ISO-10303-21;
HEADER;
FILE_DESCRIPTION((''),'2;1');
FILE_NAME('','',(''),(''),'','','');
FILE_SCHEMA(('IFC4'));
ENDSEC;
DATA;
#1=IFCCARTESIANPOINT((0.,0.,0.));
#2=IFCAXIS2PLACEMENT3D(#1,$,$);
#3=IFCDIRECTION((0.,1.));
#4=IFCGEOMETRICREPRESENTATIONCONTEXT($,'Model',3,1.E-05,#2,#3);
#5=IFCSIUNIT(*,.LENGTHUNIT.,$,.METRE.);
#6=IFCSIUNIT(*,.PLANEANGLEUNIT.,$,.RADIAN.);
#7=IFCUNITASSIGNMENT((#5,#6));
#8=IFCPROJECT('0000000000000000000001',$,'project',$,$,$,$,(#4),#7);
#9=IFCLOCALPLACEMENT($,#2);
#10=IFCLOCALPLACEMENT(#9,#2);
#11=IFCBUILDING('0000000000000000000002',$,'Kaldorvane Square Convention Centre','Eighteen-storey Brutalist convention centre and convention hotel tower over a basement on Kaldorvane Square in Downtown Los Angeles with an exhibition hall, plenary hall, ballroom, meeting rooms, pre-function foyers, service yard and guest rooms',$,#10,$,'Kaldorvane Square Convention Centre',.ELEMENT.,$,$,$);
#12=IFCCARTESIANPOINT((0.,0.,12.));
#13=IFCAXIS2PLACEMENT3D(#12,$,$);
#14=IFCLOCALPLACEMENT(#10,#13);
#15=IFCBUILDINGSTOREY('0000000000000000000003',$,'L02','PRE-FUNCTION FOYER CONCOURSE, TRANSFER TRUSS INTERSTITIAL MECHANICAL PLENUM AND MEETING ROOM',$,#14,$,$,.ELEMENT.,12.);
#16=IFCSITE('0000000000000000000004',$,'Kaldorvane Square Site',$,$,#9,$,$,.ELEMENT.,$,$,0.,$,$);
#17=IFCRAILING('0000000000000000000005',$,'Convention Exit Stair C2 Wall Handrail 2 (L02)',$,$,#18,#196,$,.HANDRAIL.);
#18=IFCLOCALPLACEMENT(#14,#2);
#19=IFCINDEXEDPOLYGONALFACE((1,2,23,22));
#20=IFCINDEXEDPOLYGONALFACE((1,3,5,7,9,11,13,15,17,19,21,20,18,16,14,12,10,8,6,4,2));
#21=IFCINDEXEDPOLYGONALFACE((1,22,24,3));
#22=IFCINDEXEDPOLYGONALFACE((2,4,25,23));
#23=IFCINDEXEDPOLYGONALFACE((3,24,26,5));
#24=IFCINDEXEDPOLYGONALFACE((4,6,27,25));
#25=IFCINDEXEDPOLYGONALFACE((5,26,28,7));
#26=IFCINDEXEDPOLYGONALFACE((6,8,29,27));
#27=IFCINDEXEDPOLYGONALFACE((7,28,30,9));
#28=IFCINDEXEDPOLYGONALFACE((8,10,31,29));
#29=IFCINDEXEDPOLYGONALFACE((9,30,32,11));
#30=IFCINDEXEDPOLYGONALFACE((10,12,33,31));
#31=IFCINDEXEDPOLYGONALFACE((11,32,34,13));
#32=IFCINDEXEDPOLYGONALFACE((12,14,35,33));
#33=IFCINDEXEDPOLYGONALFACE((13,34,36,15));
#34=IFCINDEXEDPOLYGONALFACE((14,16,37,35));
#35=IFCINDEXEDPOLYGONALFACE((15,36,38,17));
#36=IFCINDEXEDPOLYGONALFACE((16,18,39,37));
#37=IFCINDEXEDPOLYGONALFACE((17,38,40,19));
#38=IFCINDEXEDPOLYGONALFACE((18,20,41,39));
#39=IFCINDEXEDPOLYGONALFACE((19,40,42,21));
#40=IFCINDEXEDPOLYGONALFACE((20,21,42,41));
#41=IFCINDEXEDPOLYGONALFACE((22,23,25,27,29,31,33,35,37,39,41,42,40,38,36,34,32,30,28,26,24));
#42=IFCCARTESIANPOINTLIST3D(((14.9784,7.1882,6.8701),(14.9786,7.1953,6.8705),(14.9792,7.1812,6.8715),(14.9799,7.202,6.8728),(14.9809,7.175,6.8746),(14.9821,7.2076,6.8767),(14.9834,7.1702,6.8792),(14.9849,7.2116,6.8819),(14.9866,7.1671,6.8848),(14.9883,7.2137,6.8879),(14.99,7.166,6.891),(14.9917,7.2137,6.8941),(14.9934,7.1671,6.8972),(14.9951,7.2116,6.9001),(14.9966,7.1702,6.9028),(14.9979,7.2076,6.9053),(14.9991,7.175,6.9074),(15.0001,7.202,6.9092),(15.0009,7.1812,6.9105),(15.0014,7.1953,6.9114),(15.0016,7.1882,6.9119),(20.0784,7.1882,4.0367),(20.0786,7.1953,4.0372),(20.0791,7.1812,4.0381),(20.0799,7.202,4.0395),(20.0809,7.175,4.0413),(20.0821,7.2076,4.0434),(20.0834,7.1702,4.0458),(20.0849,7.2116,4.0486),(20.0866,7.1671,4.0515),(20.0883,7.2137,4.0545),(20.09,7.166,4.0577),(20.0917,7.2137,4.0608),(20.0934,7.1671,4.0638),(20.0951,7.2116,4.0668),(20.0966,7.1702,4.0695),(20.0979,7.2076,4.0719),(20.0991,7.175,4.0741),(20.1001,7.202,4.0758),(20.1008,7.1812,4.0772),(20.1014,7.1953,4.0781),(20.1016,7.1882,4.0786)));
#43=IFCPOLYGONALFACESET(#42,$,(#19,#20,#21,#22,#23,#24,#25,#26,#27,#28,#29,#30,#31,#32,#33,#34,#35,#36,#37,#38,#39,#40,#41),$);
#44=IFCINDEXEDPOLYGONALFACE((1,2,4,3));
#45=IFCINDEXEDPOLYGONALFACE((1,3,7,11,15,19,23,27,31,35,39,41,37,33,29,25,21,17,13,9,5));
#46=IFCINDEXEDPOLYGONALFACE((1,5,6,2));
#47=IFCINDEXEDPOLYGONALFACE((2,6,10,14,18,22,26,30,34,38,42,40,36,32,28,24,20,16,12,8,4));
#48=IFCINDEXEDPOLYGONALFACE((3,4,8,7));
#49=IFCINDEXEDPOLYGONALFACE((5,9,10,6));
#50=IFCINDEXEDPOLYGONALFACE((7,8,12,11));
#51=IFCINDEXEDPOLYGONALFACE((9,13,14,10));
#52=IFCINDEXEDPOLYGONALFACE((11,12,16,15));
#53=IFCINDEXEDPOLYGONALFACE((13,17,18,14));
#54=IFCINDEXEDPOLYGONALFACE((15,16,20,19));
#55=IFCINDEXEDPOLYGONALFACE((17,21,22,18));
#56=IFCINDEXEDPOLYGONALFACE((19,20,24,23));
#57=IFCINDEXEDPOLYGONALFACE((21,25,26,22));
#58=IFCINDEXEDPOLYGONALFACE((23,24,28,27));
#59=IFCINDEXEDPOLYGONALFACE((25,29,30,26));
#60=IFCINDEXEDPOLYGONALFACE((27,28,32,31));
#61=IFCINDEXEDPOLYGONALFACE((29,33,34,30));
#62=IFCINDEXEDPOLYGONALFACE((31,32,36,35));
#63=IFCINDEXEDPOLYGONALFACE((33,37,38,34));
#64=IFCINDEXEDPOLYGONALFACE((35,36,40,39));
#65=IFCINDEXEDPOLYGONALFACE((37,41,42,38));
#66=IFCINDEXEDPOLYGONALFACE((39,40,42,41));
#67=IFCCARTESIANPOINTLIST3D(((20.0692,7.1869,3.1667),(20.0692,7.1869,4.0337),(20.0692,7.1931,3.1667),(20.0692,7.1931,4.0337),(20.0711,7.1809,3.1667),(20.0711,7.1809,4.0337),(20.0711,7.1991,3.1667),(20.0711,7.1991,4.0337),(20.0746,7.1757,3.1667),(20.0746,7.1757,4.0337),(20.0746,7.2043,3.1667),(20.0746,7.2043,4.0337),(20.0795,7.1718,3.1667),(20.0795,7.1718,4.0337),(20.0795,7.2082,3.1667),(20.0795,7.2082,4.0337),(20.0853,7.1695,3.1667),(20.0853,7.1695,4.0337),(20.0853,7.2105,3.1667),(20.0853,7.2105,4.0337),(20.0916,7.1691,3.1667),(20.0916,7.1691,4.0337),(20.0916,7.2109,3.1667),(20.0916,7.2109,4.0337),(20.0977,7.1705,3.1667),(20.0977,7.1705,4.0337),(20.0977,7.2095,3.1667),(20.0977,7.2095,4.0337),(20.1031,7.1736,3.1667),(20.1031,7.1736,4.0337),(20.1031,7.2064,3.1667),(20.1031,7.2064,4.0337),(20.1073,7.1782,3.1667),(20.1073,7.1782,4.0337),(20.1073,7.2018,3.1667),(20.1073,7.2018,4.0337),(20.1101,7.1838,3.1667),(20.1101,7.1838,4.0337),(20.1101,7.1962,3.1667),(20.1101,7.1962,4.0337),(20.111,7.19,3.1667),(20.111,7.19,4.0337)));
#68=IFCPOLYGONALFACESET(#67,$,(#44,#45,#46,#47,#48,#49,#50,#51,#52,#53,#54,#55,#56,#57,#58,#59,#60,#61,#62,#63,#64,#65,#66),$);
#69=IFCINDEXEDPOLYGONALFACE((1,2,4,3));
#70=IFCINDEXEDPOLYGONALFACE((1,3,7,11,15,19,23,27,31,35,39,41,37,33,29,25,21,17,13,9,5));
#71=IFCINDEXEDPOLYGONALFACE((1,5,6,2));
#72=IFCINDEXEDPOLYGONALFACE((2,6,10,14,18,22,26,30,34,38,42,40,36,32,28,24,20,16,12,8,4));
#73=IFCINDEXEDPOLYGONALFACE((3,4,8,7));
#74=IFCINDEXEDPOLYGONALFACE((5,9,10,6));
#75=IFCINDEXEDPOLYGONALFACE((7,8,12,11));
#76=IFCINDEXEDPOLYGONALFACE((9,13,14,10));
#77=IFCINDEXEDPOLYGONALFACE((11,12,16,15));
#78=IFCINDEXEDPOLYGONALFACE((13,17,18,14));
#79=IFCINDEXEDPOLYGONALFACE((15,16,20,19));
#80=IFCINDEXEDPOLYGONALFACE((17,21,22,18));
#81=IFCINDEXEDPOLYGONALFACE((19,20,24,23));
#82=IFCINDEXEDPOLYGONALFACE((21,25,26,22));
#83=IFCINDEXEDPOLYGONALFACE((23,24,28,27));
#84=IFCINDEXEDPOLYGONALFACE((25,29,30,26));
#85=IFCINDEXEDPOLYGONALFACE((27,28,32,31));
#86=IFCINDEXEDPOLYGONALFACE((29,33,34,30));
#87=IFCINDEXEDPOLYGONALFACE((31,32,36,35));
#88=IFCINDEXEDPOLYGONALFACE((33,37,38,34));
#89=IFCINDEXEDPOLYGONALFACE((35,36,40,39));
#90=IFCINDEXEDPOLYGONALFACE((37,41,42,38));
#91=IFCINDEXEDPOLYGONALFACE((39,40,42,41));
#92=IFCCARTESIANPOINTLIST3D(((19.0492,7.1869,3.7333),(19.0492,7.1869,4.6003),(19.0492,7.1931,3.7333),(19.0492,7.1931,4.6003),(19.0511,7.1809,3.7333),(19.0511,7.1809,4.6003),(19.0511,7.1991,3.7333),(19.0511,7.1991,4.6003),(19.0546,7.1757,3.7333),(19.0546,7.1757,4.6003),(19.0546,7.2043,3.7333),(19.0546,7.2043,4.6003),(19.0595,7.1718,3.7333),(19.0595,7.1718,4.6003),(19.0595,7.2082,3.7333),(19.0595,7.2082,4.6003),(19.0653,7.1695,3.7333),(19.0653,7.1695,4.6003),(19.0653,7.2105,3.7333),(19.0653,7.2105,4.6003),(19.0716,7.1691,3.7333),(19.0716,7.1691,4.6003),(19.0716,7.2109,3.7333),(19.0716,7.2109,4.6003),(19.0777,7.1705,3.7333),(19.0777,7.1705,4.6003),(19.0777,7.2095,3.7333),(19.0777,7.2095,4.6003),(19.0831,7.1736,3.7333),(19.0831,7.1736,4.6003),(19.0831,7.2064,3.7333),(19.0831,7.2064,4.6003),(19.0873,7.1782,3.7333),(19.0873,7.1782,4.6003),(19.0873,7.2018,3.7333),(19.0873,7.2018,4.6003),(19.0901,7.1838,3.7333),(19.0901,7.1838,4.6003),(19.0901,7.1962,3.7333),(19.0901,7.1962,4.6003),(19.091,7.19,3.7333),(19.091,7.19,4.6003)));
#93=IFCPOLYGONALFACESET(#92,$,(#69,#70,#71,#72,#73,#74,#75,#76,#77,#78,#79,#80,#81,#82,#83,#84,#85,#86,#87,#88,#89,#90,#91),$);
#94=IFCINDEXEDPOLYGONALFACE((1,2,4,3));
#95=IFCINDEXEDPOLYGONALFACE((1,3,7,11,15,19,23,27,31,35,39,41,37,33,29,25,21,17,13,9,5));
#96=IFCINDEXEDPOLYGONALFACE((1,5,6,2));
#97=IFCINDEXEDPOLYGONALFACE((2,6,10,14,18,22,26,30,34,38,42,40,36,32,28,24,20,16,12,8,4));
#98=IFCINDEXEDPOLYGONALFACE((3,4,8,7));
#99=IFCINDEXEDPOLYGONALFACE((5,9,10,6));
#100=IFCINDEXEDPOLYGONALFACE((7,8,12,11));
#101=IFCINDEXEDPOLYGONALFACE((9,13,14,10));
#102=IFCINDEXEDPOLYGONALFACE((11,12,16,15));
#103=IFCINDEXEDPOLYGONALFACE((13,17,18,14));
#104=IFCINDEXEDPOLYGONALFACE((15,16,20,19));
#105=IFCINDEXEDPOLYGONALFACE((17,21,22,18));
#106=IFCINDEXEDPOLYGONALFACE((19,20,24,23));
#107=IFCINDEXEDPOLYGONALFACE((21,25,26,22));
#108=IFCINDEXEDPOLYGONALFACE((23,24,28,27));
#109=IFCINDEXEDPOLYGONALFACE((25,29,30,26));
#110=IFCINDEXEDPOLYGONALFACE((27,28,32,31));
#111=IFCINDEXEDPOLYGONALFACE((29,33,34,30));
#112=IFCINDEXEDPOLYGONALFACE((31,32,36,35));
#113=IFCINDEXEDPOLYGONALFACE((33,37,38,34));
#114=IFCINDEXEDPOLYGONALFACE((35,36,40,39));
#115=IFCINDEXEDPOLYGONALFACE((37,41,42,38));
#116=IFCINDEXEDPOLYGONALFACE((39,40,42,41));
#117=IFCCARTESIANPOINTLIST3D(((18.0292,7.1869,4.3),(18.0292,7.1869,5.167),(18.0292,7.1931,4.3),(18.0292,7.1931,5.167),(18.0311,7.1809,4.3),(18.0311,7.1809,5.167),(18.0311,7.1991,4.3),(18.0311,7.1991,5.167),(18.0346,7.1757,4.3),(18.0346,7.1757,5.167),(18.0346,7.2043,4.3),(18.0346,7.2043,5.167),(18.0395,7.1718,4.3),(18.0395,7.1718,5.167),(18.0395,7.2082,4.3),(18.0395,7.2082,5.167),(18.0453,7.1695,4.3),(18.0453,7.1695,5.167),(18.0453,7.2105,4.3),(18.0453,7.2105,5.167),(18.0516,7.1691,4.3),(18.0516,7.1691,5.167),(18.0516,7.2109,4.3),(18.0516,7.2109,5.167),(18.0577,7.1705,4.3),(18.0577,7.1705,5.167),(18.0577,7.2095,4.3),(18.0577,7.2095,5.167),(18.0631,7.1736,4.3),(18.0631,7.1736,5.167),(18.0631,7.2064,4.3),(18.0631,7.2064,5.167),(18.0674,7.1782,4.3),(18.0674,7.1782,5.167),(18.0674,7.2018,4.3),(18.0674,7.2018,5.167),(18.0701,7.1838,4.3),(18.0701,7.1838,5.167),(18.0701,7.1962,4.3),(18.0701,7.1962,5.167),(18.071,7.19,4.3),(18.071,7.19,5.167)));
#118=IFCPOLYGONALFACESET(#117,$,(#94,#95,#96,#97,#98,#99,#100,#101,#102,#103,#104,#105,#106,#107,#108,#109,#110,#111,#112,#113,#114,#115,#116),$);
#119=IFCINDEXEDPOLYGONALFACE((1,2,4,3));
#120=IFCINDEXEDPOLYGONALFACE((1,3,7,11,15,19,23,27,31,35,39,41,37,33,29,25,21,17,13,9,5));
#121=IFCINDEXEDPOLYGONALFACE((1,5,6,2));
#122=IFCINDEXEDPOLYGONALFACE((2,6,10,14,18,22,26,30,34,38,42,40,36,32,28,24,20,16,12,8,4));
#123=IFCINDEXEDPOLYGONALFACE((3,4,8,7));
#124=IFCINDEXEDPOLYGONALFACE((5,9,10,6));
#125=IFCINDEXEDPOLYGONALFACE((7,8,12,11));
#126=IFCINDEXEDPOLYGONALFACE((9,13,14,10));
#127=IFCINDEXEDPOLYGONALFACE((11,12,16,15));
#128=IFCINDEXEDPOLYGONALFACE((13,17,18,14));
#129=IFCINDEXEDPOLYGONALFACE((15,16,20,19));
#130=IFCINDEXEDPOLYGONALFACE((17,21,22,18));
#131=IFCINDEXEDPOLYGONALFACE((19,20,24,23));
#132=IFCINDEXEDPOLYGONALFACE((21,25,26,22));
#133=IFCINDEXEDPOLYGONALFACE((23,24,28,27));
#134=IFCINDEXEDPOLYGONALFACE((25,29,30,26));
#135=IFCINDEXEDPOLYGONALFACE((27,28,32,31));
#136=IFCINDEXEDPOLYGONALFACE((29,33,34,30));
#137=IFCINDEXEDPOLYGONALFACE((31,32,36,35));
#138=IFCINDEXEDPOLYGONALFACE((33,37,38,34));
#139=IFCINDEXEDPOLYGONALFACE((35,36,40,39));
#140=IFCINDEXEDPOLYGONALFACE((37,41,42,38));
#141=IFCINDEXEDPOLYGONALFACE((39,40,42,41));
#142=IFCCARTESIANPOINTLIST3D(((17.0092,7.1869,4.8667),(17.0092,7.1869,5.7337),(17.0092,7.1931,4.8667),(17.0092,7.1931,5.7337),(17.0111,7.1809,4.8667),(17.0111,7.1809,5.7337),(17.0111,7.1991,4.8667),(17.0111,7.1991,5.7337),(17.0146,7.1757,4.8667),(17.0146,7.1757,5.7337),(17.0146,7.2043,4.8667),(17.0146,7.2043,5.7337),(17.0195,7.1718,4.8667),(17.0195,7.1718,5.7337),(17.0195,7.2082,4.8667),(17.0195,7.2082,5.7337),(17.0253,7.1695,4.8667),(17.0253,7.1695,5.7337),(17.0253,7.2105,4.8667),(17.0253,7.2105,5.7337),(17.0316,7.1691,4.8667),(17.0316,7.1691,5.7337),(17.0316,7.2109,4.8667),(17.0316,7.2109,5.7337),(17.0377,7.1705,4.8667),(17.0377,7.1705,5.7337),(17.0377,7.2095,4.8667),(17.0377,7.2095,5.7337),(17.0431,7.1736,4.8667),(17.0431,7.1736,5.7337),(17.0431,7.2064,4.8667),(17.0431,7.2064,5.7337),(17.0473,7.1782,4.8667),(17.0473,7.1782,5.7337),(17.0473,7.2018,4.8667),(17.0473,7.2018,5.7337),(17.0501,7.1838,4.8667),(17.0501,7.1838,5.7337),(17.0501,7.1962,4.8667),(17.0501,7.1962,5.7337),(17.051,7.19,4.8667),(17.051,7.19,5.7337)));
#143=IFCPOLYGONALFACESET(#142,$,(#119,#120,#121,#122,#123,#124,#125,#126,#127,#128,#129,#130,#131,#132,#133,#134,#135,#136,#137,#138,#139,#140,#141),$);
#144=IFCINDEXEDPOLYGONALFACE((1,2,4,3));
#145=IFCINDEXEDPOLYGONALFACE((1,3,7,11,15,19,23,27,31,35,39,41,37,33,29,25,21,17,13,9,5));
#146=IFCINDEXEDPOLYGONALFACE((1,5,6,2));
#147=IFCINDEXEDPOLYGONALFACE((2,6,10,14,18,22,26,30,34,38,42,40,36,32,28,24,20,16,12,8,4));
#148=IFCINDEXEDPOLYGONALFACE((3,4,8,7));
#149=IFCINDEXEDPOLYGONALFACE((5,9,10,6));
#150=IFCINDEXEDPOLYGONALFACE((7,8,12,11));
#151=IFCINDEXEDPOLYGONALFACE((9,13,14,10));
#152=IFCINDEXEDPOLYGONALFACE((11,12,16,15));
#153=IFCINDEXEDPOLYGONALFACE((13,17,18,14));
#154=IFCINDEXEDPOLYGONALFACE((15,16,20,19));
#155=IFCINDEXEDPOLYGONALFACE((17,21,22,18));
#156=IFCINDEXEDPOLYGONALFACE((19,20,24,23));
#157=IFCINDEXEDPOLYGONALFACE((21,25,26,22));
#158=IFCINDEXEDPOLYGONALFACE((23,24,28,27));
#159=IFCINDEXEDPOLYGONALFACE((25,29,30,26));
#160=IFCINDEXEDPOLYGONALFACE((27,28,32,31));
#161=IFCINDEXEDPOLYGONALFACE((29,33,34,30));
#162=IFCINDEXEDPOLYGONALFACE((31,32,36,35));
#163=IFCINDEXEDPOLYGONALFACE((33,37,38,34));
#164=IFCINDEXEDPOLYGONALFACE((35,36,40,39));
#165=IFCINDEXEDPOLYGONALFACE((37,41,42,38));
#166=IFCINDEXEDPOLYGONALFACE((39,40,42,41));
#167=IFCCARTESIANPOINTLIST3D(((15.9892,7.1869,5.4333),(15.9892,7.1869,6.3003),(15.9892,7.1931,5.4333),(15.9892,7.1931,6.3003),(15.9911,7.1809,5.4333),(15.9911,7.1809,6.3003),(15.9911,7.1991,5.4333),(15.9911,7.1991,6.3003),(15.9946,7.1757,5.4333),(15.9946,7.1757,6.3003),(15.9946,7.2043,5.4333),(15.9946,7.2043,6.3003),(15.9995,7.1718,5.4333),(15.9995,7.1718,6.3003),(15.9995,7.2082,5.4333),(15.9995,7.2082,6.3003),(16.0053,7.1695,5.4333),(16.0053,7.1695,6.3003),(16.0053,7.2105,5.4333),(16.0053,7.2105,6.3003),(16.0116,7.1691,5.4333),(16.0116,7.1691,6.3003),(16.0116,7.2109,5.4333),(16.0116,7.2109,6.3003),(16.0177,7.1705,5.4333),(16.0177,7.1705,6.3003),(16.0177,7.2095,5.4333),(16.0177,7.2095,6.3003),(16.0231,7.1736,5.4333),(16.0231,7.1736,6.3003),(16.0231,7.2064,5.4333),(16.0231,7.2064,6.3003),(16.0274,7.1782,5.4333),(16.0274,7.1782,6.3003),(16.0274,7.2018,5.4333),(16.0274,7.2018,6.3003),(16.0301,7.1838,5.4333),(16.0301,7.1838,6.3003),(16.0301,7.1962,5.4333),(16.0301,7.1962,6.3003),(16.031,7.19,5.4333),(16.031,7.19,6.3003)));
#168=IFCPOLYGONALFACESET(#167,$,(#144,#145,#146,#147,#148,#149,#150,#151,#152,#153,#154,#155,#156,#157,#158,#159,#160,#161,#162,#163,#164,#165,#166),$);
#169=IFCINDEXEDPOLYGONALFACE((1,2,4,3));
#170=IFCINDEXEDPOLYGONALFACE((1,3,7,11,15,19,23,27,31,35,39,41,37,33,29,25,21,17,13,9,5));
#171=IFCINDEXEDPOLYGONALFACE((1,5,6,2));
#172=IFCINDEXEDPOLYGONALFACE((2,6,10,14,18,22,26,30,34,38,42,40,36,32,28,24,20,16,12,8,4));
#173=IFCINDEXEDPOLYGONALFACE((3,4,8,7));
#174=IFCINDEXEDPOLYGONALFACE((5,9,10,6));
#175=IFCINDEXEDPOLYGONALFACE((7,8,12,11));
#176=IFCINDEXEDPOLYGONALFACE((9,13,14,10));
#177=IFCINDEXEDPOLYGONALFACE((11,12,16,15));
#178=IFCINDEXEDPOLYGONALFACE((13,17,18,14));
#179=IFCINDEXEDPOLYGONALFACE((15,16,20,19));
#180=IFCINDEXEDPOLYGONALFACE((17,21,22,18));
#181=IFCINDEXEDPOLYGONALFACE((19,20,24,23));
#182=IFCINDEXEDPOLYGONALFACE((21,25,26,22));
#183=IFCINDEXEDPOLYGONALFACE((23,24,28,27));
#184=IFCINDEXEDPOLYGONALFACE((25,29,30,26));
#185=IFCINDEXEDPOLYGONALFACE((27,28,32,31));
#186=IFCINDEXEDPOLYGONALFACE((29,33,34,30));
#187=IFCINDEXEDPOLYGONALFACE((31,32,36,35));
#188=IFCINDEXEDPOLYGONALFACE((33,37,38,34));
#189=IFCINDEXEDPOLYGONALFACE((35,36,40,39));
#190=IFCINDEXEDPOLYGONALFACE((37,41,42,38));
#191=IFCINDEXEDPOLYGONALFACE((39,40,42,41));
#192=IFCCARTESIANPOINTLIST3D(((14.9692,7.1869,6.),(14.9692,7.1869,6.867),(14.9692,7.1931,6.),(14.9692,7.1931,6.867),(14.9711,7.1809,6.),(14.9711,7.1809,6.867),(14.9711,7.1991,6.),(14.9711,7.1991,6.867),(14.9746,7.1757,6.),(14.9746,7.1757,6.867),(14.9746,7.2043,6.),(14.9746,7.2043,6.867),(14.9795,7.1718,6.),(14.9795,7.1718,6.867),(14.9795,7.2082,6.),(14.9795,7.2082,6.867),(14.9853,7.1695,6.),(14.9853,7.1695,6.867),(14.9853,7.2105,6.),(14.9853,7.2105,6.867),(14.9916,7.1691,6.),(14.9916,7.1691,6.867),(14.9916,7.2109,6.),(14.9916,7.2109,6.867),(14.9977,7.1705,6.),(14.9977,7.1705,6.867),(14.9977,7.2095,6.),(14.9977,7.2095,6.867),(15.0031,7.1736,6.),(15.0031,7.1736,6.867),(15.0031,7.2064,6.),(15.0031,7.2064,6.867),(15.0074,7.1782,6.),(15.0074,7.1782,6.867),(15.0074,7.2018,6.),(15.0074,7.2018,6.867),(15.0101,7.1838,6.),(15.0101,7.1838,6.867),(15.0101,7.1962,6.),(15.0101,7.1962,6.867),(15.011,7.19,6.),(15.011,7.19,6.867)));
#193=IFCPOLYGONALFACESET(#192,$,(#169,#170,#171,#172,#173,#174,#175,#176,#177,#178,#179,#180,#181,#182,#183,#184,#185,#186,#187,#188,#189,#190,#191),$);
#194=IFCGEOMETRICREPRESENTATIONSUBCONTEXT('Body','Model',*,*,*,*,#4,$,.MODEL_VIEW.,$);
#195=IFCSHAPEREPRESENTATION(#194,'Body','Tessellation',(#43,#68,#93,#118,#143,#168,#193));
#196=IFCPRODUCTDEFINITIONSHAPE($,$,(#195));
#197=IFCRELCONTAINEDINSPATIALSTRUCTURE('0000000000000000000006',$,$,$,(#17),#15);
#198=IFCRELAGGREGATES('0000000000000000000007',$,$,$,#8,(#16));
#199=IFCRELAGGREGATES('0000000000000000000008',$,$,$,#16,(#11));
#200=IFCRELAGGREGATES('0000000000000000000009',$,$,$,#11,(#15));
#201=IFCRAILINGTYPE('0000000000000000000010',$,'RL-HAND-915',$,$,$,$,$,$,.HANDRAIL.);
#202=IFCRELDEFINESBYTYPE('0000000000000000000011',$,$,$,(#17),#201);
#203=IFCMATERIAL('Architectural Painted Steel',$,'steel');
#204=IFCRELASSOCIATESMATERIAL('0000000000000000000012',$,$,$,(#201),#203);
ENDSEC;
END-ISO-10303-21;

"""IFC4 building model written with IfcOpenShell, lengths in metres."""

from ifc_helpers import new_model, si_unit, direction, frame, origin, origin_2d, place, context, subcontext, project, spatial, circle, extrude, material, type_object, element, save


model = new_model("IFC4")

# Units and contexts
model_context = context("Model", 3, precision=1e-05, world=origin(), true_north=direction((0.0, 1.0)))
body_context = subcontext(model_context, "Body", "Model", "MODEL_VIEW")
ifc_project = project(units=[si_unit("LENGTHUNIT", "METRE"), si_unit("PLANEANGLEUNIT", "RADIAN")], contexts=[model_context])

# Site, building, storey
site_placement = place(None, origin())
site = spatial("IfcSite", under=ifc_project, at=site_placement, Name="Kaldorvane Square Site", CompositionType="ELEMENT", RefElevation=0.0)
building_placement = place(site_placement, origin())
building = spatial("IfcBuilding", under=site, at=building_placement, Name="Kaldorvane Square Convention Centre", Description="Eighteen-storey Brutalist convention centre and convention hotel tower over a basement on Kaldorvane Square in Downtown Los Angeles with an exhibition hall, plenary hall, ballroom, meeting rooms, pre-function foyers, service yard and guest rooms", LongName="Kaldorvane Square Convention Centre", CompositionType="ELEMENT")
storey_placement = place(building_placement, frame((0.0, 0.0, 12.0)))
storey = spatial("IfcBuildingStorey", under=building, at=storey_placement, Name="L02", Description="PRE-FUNCTION FOYER CONCOURSE, TRANSFER TRUSS INTERSTITIAL MECHANICAL PLENUM AND MEETING ROOM", CompositionType="ELEMENT", Elevation=12.0)

# Railing
ifc_material_1 = material(Name="Architectural Painted Steel", Category="steel")
railing_type_1 = type_object("IfcRailingType", Name="RL-HAND-915", PredefinedType="HANDRAIL", material=ifc_material_1)
for number, where, name in (
    (1, (20.09, 7.19, 3.1667), "Convention Exit Stair C2 Wall Handrail 2 (L02)"),
):
    element("IfcRailing", number, at=place(storey_placement, frame(where)), inside=storey, type_object=railing_type_1, Name=name, PredefinedType="HANDRAIL", context=body_context, shape_type="SweptSolid", body=[
        extrude(circle(Radius=0.024, at=origin_2d()), frame((0.0, 0.0, 0.891), z_axis=(-0.874157, 0.0, 0.485643), x_axis=(0.0, -1.0, 0.0)), (0.0, 0.0, 1.0), 5.8342),
        extrude(circle(Radius=0.021, at=origin_2d()), origin(), (0.0, 0.0, 1.0), 0.867),
        extrude(circle(Radius=0.021, at=origin_2d()), frame((-1.02, 0.0, 0.5667)), (0.0, 0.0, 1.0), 0.867),
        extrude(circle(Radius=0.021, at=origin_2d()), frame((-2.04, 0.0, 1.1333)), (0.0, 0.0, 1.0), 0.867),
        extrude(circle(Radius=0.021, at=origin_2d()), frame((-3.06, 0.0, 1.7)), (0.0, 0.0, 1.0), 0.867),
        extrude(circle(Radius=0.021, at=origin_2d()), frame((-4.08, 0.0, 2.2667)), (0.0, 0.0, 1.0), 0.867),
        extrude(circle(Radius=0.021, at=origin_2d()), frame((-5.1, 0.0, 2.8333)), (0.0, 0.0, 1.0), 0.867),
    ])

save(model, "model.ifc")
